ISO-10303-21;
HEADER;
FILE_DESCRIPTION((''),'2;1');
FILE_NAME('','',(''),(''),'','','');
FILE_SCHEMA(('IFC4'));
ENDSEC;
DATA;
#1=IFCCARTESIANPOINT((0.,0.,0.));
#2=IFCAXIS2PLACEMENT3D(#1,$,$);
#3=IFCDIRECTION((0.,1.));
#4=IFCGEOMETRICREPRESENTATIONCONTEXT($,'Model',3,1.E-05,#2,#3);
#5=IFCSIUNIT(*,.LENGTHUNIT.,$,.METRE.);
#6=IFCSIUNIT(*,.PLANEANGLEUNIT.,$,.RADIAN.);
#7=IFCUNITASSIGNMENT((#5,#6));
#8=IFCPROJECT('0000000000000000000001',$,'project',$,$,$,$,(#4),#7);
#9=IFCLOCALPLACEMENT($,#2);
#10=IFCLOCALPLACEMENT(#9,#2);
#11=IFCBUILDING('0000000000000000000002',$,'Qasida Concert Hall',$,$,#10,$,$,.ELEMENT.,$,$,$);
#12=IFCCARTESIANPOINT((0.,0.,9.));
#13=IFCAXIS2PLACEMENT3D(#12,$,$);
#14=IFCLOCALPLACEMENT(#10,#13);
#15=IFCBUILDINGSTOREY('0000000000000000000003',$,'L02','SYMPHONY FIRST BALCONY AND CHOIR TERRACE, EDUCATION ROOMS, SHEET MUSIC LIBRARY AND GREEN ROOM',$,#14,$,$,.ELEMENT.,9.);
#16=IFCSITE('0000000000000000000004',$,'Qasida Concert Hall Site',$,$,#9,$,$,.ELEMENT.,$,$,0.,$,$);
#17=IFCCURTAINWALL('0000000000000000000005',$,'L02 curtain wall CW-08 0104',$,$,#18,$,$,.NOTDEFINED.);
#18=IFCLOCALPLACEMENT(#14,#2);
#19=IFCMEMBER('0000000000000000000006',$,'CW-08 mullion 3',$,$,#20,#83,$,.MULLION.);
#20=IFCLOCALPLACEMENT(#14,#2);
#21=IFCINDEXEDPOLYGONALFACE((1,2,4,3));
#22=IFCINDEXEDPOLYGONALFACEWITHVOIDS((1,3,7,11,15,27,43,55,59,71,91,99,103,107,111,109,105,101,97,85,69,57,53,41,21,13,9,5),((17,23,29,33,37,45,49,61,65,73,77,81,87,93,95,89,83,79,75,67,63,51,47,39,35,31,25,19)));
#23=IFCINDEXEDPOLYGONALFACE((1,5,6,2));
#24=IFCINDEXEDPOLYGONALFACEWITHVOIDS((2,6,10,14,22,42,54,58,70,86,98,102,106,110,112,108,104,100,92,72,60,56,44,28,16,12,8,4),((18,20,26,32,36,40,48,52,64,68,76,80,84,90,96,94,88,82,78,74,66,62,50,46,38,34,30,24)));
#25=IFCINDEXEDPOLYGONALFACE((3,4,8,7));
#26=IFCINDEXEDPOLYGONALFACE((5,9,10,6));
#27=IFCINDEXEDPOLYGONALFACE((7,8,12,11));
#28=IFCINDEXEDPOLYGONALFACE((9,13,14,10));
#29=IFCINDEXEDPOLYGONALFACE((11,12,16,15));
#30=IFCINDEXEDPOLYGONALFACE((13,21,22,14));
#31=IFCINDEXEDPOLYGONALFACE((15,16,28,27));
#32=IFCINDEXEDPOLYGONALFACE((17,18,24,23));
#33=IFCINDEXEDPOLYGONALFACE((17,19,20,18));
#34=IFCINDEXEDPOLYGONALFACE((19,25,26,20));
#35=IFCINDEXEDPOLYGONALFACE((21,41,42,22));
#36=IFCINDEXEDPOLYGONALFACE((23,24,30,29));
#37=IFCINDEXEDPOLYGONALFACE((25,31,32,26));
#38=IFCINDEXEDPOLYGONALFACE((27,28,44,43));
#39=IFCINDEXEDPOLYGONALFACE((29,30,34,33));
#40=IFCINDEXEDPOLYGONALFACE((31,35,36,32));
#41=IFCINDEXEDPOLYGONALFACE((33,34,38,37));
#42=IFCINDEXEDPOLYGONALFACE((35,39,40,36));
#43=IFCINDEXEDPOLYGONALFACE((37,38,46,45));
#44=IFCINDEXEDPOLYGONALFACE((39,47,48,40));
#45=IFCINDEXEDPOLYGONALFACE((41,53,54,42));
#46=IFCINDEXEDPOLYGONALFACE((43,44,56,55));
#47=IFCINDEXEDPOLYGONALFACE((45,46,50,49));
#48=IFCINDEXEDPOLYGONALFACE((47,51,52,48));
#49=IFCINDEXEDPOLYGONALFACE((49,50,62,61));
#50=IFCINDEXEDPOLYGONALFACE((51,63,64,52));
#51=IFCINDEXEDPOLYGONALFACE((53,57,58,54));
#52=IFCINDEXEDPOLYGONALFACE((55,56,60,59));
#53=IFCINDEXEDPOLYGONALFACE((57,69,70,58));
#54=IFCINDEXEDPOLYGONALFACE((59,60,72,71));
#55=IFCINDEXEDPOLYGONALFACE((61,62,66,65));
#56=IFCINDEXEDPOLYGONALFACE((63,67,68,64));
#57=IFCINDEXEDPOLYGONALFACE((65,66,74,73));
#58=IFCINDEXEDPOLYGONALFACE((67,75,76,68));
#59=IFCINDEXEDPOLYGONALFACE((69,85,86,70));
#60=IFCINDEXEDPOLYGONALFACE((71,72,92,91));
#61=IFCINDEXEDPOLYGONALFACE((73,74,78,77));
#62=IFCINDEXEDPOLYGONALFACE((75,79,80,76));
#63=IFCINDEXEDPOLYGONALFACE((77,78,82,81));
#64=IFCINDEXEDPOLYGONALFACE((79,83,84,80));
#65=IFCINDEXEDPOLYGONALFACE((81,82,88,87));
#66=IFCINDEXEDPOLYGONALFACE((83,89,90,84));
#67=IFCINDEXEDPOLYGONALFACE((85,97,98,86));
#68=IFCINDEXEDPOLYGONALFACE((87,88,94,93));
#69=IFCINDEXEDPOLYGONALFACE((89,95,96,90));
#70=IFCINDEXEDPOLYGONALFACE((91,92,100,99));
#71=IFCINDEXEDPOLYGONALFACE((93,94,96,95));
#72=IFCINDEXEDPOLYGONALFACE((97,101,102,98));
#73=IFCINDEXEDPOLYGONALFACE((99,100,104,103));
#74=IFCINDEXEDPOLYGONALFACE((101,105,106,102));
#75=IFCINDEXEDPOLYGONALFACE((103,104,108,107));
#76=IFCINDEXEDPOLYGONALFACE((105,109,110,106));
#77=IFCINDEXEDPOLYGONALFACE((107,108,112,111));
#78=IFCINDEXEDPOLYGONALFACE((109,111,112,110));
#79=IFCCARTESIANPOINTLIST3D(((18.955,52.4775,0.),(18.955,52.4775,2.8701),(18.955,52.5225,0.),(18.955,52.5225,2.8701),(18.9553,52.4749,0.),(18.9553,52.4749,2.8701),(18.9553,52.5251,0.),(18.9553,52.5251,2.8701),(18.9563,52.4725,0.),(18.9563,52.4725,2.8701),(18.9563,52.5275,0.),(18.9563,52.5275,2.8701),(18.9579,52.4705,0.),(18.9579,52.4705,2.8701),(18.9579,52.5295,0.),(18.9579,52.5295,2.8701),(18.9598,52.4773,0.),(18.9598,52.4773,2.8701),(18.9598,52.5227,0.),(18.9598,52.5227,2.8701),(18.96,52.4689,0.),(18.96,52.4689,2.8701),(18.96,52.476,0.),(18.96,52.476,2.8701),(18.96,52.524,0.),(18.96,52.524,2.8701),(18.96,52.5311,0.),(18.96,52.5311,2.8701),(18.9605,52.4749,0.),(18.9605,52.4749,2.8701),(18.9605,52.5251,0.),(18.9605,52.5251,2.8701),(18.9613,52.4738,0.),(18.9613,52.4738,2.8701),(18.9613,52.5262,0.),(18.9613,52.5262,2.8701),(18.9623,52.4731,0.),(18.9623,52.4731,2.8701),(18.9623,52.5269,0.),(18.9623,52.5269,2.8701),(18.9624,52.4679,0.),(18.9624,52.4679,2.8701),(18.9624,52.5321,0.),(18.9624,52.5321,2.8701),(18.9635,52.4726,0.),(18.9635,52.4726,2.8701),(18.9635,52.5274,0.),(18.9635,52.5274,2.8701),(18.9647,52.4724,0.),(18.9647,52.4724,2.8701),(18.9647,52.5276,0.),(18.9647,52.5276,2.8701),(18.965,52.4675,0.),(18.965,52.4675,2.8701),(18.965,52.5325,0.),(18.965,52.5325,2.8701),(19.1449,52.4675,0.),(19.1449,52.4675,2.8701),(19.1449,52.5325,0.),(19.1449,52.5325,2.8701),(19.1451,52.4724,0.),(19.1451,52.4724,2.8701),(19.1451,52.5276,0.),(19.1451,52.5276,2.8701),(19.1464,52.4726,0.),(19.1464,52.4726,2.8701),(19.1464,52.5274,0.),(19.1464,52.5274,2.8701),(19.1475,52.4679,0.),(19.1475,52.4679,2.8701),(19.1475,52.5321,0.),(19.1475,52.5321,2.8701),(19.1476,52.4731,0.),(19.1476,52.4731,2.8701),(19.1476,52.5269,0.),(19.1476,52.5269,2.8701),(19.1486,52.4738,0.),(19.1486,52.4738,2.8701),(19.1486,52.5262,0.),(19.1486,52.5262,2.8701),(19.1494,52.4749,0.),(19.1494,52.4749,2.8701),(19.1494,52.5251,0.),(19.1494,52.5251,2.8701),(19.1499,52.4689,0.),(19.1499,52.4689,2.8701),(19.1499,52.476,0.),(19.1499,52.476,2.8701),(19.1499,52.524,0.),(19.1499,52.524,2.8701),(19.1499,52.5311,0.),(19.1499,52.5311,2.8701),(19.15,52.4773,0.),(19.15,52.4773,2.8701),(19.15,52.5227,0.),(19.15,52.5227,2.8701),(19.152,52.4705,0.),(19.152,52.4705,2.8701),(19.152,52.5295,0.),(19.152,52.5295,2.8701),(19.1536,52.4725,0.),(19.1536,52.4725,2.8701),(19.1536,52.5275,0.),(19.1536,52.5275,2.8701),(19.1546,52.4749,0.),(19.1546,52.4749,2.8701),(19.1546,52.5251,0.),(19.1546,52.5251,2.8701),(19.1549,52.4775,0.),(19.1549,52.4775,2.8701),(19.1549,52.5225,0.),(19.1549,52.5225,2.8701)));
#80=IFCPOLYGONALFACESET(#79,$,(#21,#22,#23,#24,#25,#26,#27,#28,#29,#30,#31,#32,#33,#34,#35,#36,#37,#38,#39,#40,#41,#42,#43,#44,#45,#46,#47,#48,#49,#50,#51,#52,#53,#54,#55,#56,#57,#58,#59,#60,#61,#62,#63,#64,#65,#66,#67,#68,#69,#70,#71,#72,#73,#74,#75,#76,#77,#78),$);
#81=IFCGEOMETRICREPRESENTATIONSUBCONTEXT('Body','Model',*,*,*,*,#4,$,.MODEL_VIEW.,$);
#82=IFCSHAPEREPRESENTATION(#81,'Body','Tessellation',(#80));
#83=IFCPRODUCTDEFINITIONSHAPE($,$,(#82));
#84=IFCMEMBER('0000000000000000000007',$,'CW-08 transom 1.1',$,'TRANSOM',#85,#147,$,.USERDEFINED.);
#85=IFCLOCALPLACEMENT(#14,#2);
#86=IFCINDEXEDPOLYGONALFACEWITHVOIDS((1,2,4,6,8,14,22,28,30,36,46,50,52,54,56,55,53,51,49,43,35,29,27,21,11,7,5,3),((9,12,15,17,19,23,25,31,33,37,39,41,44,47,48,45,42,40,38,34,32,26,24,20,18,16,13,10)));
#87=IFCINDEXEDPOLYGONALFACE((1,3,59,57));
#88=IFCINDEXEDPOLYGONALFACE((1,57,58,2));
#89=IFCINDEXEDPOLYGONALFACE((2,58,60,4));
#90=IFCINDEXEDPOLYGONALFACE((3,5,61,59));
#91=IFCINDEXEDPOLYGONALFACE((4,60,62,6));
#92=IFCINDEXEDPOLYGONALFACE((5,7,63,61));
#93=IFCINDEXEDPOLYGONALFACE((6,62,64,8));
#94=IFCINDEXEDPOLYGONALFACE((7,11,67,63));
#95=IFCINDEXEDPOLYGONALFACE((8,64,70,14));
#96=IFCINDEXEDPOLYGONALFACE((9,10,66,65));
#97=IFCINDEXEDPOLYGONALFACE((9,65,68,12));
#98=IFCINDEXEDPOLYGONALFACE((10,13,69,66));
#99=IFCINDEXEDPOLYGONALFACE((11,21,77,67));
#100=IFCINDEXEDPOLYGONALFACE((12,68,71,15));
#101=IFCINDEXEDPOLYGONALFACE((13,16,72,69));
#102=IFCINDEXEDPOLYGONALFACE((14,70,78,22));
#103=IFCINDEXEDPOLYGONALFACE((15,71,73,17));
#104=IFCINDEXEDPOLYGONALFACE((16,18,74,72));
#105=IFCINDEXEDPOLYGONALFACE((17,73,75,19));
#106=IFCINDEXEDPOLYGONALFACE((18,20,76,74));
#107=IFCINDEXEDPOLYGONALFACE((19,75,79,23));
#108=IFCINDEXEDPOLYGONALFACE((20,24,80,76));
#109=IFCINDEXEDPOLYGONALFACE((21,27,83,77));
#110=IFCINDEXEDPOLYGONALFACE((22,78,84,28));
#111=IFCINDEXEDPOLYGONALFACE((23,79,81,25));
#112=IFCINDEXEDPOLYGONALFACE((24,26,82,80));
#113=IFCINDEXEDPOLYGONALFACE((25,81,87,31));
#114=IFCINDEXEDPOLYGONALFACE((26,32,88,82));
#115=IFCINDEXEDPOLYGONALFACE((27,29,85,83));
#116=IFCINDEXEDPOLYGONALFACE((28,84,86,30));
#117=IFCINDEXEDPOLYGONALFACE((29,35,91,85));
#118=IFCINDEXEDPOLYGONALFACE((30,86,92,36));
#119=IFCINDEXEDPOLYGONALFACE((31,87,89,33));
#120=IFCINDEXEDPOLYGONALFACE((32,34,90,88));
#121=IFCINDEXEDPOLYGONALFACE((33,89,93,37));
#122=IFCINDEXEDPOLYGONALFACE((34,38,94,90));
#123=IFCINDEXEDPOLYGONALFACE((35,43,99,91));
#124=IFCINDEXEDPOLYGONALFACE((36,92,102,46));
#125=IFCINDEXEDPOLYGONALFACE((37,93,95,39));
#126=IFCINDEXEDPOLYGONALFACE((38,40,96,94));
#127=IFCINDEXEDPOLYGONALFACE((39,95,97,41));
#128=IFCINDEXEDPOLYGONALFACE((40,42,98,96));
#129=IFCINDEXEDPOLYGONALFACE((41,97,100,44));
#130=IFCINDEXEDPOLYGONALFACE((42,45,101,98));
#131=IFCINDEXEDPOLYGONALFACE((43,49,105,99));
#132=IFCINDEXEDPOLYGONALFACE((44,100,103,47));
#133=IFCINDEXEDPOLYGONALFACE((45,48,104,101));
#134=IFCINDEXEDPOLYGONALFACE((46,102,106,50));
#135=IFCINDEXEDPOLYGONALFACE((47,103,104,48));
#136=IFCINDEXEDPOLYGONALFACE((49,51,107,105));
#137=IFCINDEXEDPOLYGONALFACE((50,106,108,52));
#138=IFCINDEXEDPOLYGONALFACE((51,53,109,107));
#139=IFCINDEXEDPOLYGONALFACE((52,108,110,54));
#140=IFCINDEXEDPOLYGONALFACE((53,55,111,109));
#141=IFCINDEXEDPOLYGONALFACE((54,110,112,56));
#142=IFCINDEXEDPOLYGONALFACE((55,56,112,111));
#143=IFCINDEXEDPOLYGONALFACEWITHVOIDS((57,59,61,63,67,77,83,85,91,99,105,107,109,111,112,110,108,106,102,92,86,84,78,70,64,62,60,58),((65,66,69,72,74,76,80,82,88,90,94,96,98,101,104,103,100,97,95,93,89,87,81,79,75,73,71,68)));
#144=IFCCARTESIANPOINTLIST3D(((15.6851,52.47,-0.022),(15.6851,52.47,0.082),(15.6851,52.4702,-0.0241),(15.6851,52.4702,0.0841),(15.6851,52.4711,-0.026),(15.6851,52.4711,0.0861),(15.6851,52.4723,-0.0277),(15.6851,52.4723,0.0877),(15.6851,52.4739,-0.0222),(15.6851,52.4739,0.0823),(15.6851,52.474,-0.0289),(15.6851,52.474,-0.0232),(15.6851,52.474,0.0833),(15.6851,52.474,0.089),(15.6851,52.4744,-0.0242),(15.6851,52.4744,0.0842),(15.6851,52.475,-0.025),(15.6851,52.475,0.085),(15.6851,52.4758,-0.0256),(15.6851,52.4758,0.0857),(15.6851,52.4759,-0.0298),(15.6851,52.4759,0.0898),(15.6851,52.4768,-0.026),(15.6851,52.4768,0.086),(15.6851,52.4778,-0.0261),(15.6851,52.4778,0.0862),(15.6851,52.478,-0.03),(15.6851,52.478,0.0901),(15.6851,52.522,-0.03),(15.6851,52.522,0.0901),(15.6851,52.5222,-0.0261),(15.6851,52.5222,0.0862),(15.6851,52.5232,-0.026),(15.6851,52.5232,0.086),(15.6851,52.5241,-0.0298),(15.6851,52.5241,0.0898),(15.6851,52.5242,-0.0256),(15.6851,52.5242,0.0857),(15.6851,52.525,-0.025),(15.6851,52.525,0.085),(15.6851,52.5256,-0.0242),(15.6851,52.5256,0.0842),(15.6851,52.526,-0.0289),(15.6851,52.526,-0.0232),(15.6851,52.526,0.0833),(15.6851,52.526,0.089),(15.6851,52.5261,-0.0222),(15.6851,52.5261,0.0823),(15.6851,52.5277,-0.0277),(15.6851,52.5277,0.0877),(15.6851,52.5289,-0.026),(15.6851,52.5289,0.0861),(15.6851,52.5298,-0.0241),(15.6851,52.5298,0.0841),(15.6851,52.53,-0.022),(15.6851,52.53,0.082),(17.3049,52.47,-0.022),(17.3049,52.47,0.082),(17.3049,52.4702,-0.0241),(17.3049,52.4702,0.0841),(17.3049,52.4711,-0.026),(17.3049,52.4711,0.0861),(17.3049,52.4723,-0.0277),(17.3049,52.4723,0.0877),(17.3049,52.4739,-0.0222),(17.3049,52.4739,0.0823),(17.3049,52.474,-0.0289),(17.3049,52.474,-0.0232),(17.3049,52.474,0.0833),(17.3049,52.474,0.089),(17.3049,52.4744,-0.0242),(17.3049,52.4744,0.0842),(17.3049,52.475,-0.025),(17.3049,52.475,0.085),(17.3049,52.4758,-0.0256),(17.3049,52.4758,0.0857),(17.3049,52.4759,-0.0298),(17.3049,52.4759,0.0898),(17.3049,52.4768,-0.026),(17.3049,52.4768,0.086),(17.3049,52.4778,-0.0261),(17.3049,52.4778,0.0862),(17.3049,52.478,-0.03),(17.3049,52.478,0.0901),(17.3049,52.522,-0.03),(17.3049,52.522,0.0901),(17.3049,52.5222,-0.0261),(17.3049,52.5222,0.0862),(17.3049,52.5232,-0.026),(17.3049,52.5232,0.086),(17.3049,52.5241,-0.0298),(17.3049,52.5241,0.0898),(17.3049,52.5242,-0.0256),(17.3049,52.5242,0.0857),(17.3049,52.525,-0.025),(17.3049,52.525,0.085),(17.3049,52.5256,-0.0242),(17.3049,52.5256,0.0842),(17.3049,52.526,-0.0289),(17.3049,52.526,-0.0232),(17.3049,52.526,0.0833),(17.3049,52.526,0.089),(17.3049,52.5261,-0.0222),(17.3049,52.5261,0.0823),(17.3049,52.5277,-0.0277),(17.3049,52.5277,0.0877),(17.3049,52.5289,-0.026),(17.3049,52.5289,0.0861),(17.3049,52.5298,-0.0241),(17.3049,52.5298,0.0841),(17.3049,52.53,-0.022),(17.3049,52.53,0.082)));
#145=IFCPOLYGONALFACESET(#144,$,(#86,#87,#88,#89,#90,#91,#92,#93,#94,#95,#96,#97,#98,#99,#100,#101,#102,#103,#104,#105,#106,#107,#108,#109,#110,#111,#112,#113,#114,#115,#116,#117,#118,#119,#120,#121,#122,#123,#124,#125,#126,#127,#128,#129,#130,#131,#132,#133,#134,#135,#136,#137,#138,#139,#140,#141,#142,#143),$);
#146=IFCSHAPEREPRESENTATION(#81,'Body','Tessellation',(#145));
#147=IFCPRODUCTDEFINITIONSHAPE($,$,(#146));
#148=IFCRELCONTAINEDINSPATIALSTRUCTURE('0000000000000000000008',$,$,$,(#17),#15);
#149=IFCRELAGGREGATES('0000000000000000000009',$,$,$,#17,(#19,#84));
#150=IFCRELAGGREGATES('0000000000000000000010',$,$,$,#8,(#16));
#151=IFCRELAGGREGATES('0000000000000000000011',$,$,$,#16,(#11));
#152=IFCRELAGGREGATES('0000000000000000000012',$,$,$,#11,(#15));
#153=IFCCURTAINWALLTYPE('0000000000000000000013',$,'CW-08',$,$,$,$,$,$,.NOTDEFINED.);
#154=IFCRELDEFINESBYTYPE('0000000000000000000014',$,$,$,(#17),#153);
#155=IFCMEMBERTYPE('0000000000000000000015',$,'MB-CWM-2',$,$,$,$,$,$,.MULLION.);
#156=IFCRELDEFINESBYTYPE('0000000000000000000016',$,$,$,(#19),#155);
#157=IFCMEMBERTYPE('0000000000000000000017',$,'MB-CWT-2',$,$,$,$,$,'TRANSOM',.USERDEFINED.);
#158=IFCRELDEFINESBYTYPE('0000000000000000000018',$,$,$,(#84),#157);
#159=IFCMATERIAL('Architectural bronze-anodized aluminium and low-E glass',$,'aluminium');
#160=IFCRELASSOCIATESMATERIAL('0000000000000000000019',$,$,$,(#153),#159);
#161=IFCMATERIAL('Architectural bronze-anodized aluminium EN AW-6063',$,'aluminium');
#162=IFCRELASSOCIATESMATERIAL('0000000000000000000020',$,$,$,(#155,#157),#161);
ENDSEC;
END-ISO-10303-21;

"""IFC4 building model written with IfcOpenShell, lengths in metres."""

from ifc_helpers import new_model, si_unit, direction, frame, origin, origin_2d, place, context, subcontext, project, spatial, hollow_rectangle, extrude, material, material_profile, profile_set, type_object, element, aggregate, save


model = new_model("IFC4")

# Units and contexts
model_context = context("Model", 3, precision=1e-05, world=origin(), true_north=direction((0.0, 1.0)))
body_context = subcontext(model_context, "Body", "Model", "MODEL_VIEW")
ifc_project = project(units=[si_unit("LENGTHUNIT", "METRE"), si_unit("PLANEANGLEUNIT", "RADIAN")], contexts=[model_context])

# Site, building, storey
site_placement = place(None, origin())
site = spatial("IfcSite", under=ifc_project, at=site_placement, Name="Qasida Concert Hall Site", CompositionType="ELEMENT", RefElevation=0.0)
building_placement = place(site_placement, origin())
building = spatial("IfcBuilding", under=site, at=building_placement, Name="Qasida Concert Hall", CompositionType="ELEMENT")
storey_placement = place(building_placement, frame((0.0, 0.0, 9.0)))
storey = spatial("IfcBuildingStorey", under=building, at=storey_placement, Name="L02", Description="SYMPHONY FIRST BALCONY AND CHOIR TERRACE, EDUCATION ROOMS, SHEET MUSIC LIBRARY AND GREEN ROOM", CompositionType="ELEMENT", Elevation=9.0)

# Curtain wall, members
ifc_material_1 = material(Name="Architectural bronze-anodized aluminium and low-E glass", Category="aluminium")
curtain_wall_type = type_object("IfcCurtainWallType", Name="CW-08", PredefinedType="NOTDEFINED", material=ifc_material_1)
curtain_wall_placement = place(storey_placement, origin())
curtain_wall = element("IfcCurtainWall", 1, at=curtain_wall_placement, inside=storey, type_object=curtain_wall_type, Name="L02 curtain wall CW-08 0104", PredefinedType="NOTDEFINED")
ifc_material_2 = material(Name="Architectural bronze-anodized aluminium EN AW-6063", Category="aluminium")
ifc_material_profile_1 = material_profile(ifc_material_2, hollow_rectangle(XDim=0.0649, YDim=0.2, WallThickness=0.0049, InnerFilletRadius=0.0049, OuterFilletRadius=0.01, at=origin_2d()), Name="CWM 200x65x5")
ifc_profile_set_1 = profile_set([ifc_material_profile_1], Name="Architectural bronze-anodized aluminium EN AW-6063")
member_type_1 = type_object("IfcMemberType", Name="MB-CWM-2", PredefinedType="MULLION", material=ifc_profile_set_1)
member_1_placement = place(storey_placement, frame((19.0549, 52.5, 0.0), z_axis=(0.0, 0.0, 1.0), x_axis=(0.0, 1.0, 0.0)))
member_1 = element("IfcMember", 2, at=member_1_placement, type_object=member_type_1, Name="CW-08 mullion 3", PredefinedType="MULLION", context=body_context, shape_type="SweptSolid", body=[
    extrude(hollow_rectangle(XDim=0.0649, YDim=0.2, WallThickness=0.0049, InnerFilletRadius=0.0049, OuterFilletRadius=0.01, at=origin_2d()), origin(), (0.0, 0.0, 1.0), 2.8701),
])
ifc_material_profile_2 = material_profile(ifc_material_2, hollow_rectangle(XDim=0.0601, YDim=0.1201, WallThickness=0.0039, InnerFilletRadius=0.0039, OuterFilletRadius=0.0081, at=origin_2d()), Name="CWT 120x60x4")
ifc_profile_set_2 = profile_set([ifc_material_profile_2], Name="Architectural bronze-anodized aluminium EN AW-6063")
member_type_2 = type_object("IfcMemberType", Name="MB-CWT-2", ElementType="TRANSOM", PredefinedType="USERDEFINED", material=ifc_profile_set_2)
member_2_placement = place(storey_placement, frame((15.6851, 52.5, 0.03), z_axis=(1.0, 0.0, 0.0), x_axis=(0.0, 1.0, 0.0)))
member_2 = element("IfcMember", 3, at=member_2_placement, type_object=member_type_2, Name="CW-08 transom 1.1", ObjectType="TRANSOM", PredefinedType="USERDEFINED", context=body_context, shape_type="SweptSolid", body=[
    extrude(hollow_rectangle(XDim=0.0601, YDim=0.1201, WallThickness=0.0039, InnerFilletRadius=0.0039, OuterFilletRadius=0.0081, at=origin_2d()), origin(), (0.0, 0.0, 1.0), 1.6199),
])
aggregate(curtain_wall, [member_1, member_2])

save(model, "model.ifc")
